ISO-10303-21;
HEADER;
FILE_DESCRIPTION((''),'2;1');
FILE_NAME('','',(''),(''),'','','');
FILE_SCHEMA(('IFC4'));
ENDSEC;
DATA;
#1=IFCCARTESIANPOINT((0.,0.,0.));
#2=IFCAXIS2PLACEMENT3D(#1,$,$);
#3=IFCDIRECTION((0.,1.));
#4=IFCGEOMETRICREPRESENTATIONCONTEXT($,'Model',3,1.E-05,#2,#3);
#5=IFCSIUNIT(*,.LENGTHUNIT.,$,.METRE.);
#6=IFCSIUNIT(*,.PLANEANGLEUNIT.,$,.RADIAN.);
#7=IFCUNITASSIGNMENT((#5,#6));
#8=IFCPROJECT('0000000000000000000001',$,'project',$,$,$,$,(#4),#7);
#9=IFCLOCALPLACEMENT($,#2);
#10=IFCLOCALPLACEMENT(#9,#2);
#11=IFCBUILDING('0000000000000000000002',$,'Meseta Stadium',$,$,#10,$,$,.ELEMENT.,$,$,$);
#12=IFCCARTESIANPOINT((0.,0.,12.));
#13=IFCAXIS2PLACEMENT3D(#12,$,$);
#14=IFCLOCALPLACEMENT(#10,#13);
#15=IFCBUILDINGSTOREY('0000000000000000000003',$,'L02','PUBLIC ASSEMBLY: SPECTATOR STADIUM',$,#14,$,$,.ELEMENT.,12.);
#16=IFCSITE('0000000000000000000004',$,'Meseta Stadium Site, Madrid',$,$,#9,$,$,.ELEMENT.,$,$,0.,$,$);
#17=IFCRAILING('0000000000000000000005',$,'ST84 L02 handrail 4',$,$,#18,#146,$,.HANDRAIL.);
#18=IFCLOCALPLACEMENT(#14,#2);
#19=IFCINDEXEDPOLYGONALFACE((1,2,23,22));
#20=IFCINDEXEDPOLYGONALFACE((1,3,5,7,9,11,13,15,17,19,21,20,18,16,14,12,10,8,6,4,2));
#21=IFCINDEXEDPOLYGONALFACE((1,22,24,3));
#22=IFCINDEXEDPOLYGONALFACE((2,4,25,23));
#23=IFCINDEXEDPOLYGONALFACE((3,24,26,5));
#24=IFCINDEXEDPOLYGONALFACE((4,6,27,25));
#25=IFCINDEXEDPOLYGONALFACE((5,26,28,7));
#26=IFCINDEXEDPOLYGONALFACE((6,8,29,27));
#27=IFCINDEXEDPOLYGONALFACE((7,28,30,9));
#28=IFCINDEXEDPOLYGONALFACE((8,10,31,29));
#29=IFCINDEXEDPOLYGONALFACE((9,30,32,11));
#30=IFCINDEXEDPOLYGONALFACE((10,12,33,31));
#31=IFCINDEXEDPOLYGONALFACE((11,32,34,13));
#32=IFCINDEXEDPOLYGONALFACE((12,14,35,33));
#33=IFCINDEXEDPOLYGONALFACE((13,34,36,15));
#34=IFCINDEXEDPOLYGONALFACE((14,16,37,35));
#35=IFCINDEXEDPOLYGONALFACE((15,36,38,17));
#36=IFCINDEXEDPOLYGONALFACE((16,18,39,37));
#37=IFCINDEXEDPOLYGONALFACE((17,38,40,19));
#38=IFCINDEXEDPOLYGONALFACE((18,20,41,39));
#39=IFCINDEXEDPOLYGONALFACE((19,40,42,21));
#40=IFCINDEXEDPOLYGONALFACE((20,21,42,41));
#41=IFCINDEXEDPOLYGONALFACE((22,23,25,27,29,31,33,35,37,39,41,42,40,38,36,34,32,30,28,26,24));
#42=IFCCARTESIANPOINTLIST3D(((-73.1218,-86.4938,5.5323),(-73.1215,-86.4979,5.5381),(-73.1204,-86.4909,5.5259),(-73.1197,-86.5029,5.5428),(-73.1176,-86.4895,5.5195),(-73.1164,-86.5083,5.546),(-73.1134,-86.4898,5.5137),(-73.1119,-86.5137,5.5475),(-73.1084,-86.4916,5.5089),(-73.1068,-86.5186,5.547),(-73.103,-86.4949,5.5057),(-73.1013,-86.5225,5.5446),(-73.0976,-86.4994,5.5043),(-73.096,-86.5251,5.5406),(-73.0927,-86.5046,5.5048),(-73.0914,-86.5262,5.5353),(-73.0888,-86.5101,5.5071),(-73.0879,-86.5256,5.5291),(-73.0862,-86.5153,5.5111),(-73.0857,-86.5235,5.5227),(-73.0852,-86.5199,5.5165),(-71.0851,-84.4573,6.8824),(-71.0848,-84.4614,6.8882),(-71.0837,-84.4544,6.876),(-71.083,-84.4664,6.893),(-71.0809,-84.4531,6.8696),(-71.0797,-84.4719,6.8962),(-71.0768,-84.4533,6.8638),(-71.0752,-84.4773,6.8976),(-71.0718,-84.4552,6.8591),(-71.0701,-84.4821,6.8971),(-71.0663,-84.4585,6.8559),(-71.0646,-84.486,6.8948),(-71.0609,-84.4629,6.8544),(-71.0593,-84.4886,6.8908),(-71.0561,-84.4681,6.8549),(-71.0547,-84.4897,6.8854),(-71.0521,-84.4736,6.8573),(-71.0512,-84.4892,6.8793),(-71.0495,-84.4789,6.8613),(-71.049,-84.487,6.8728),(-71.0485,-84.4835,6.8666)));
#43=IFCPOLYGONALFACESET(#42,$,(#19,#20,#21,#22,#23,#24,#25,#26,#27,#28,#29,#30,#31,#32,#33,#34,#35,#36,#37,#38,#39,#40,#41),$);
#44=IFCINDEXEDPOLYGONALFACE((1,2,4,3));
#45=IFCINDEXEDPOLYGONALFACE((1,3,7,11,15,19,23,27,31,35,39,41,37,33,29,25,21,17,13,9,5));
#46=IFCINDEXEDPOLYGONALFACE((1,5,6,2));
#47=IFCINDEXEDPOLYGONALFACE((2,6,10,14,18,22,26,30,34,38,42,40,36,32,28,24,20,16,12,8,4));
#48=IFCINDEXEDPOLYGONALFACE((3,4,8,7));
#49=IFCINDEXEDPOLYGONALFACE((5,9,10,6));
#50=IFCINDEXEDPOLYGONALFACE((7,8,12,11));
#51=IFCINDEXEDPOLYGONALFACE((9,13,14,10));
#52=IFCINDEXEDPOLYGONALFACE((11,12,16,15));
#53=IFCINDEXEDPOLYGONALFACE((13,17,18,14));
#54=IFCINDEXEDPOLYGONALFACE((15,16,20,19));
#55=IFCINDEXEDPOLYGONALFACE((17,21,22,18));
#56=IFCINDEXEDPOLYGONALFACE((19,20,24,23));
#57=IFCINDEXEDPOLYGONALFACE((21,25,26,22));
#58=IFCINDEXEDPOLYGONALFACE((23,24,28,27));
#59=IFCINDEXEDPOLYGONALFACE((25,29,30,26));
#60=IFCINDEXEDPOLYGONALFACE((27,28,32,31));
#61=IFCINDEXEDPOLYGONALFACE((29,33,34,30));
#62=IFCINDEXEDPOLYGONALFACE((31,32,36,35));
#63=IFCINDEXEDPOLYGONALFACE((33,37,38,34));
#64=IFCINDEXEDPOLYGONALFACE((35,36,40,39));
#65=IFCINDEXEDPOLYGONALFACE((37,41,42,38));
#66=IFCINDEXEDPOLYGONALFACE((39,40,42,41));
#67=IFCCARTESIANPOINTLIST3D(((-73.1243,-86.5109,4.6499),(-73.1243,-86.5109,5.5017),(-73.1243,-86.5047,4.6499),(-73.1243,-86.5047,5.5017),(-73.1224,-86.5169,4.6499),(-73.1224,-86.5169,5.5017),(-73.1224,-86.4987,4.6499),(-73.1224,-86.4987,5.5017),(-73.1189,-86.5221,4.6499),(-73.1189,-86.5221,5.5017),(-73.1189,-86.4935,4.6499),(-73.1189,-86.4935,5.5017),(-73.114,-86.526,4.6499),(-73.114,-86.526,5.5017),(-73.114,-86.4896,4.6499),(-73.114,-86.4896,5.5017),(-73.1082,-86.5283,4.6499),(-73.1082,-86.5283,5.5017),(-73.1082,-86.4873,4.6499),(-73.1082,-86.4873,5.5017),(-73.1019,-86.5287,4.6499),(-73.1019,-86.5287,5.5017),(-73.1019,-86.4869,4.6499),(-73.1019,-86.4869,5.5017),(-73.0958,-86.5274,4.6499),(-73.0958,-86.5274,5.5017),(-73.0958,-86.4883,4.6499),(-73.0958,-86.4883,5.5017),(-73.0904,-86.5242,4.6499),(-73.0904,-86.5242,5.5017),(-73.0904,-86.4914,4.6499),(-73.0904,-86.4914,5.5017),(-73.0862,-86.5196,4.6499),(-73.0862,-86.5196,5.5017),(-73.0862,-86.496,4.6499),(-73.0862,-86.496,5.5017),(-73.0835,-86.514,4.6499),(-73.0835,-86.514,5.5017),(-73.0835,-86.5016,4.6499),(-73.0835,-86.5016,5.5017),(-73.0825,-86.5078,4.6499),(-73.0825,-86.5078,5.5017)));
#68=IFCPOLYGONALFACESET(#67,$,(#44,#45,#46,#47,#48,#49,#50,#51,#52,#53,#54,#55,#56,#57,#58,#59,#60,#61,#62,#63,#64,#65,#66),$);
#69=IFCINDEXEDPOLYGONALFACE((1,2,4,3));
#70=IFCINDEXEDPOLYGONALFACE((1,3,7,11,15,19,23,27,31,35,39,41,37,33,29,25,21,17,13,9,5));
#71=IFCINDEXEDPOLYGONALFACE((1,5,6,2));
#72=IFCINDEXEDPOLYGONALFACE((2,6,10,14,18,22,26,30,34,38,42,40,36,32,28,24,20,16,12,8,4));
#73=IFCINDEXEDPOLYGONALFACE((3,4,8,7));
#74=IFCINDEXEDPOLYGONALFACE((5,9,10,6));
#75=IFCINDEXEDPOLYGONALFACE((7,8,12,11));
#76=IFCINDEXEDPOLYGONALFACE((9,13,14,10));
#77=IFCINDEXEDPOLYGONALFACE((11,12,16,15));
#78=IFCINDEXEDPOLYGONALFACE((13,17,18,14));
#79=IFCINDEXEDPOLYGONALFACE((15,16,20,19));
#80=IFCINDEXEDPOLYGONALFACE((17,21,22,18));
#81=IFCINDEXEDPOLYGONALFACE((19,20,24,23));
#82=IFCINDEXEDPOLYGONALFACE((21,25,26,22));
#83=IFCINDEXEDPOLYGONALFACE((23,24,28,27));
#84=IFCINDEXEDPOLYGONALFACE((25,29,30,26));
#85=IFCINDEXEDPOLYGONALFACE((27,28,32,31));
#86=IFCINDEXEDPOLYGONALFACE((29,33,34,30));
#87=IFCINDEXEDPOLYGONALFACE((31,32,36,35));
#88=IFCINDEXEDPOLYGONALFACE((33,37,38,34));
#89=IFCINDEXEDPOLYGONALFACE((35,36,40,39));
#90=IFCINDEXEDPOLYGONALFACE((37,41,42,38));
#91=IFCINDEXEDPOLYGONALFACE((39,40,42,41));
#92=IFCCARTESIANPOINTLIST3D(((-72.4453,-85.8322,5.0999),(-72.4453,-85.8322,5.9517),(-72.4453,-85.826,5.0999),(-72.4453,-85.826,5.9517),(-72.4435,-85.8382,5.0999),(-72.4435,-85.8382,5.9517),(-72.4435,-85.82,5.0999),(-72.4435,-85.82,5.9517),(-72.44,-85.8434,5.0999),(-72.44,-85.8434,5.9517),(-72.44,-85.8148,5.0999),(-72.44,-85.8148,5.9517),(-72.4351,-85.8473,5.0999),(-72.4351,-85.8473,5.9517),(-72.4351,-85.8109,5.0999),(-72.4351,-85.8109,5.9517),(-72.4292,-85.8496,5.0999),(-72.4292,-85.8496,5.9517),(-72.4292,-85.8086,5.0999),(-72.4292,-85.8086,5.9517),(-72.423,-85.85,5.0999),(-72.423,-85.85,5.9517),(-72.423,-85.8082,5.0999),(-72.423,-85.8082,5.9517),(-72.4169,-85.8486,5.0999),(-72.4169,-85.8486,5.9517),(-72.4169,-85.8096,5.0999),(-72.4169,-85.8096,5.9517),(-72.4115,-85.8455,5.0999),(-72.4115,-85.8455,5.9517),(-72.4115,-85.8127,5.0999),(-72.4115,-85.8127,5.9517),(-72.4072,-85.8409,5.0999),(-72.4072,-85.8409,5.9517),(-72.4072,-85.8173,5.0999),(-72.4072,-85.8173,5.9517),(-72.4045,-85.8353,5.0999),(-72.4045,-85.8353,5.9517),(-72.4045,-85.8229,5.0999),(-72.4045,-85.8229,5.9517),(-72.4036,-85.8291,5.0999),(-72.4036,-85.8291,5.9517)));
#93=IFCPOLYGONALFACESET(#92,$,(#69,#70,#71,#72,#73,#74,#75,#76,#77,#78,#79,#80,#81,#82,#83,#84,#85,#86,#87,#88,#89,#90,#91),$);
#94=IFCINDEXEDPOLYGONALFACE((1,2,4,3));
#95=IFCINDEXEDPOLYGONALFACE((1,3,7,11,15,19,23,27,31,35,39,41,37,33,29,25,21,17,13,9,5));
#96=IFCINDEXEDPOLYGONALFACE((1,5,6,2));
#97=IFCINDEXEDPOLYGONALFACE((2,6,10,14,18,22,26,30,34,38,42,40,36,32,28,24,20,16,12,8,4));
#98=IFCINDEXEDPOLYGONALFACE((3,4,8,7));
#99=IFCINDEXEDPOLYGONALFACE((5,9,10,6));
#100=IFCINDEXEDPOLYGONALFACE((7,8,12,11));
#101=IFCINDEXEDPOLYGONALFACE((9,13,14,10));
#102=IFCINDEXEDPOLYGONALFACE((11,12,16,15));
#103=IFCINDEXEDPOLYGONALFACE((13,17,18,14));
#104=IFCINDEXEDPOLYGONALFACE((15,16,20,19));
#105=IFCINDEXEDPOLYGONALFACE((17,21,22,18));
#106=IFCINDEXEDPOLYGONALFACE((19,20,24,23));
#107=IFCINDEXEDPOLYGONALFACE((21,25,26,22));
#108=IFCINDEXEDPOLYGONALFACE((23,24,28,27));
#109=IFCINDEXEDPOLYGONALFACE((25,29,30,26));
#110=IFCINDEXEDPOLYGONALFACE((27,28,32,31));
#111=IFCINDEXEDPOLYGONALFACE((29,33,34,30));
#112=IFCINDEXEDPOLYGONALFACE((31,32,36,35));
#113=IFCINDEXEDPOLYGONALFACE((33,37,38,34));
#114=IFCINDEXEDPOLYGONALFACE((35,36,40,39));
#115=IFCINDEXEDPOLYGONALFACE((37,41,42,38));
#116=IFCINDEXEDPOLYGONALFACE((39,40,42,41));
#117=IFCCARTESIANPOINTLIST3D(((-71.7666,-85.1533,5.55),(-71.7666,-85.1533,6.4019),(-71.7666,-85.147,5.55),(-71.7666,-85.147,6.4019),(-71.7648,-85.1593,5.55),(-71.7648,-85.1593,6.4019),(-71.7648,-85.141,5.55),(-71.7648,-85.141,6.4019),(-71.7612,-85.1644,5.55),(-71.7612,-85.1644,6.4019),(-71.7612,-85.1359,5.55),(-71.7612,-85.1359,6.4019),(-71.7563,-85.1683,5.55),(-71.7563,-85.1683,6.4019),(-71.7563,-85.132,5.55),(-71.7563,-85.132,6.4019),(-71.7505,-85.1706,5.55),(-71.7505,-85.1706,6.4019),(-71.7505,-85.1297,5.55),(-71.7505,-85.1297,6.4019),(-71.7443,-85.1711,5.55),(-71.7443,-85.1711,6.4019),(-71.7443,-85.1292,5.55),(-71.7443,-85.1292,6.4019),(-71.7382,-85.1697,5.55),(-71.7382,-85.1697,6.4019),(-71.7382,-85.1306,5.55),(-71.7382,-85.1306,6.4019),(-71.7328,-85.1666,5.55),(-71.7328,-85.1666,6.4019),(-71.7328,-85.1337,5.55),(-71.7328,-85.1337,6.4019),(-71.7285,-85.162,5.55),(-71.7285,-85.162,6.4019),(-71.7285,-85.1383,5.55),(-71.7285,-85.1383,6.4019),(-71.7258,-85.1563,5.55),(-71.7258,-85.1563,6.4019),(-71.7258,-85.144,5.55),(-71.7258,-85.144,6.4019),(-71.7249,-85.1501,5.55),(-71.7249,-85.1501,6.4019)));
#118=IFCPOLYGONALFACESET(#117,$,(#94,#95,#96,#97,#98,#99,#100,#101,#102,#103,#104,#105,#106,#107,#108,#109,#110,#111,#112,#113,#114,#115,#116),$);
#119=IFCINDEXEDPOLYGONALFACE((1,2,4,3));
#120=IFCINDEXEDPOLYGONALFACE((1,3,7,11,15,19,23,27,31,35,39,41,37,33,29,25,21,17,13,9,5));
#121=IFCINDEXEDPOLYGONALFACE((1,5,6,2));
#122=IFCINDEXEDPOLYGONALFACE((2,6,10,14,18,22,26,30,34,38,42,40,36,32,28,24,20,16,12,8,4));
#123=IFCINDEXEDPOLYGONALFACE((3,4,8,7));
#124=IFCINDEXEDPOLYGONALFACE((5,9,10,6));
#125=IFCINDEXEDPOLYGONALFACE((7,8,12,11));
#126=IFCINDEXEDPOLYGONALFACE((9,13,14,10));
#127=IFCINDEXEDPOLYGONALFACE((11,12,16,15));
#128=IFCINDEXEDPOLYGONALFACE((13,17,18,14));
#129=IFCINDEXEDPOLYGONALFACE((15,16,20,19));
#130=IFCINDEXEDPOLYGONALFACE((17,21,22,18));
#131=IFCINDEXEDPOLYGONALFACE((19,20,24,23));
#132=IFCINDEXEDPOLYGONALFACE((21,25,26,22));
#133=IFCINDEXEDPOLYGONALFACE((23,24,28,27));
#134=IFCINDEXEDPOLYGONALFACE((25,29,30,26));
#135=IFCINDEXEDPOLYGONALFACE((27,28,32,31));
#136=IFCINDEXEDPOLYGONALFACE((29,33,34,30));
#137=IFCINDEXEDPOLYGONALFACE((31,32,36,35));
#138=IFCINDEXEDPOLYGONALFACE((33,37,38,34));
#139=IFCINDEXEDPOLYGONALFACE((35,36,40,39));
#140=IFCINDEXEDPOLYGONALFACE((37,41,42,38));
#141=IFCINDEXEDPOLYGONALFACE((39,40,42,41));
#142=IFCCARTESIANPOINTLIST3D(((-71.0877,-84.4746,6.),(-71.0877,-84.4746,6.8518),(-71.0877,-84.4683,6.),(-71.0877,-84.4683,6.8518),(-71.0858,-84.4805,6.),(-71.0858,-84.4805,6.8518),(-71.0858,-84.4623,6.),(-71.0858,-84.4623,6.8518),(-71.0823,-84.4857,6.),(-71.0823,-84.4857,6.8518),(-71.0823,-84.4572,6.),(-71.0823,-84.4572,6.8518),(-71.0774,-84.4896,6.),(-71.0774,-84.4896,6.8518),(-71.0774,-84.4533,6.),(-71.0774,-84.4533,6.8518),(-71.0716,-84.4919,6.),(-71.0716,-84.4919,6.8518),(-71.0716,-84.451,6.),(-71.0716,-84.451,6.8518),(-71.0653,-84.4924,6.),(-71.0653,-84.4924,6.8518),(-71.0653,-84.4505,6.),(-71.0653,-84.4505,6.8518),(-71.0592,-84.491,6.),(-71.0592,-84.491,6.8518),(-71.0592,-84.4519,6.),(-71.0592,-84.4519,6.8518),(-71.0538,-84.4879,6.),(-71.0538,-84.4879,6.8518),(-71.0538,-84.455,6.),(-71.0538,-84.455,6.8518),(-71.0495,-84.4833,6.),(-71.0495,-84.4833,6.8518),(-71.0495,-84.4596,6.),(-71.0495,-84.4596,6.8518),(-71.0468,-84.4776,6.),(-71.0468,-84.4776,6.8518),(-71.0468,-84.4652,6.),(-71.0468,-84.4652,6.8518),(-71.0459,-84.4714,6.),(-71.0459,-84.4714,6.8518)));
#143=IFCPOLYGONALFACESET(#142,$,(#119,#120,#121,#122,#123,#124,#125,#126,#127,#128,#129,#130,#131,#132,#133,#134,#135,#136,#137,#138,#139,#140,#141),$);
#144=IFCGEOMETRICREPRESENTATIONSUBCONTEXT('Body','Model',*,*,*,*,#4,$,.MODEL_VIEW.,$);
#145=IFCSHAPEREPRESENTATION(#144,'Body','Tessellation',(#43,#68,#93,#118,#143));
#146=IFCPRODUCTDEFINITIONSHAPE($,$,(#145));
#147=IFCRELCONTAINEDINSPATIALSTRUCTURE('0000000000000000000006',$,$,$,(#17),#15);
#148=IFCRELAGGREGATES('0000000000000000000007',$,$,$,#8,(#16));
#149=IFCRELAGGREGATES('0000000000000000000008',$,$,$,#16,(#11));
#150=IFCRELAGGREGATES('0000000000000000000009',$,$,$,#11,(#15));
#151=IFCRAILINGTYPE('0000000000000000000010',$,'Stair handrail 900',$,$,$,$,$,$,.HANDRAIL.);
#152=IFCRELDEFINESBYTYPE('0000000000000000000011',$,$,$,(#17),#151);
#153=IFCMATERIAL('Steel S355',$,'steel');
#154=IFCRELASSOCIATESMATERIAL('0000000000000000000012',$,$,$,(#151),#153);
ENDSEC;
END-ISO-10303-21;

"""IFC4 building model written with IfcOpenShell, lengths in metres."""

from ifc_helpers import new_model, si_unit, direction, frame, origin, origin_2d, place, context, subcontext, project, spatial, circle, extrude, material, type_object, element, save


model = new_model("IFC4")

# Units and contexts
model_context = context("Model", 3, precision=1e-05, world=origin(), true_north=direction((0.0, 1.0)))
body_context = subcontext(model_context, "Body", "Model", "MODEL_VIEW")
ifc_project = project(units=[si_unit("LENGTHUNIT", "METRE"), si_unit("PLANEANGLEUNIT", "RADIAN")], contexts=[model_context])

# Site, building, storey
site_placement = place(None, origin())
site = spatial("IfcSite", under=ifc_project, at=site_placement, Name="Meseta Stadium Site, Madrid", CompositionType="ELEMENT", RefElevation=0.0)
building_placement = place(site_placement, origin())
building = spatial("IfcBuilding", under=site, at=building_placement, Name="Meseta Stadium", CompositionType="ELEMENT")
storey_placement = place(building_placement, frame((0.0, 0.0, 12.0)))
storey = spatial("IfcBuildingStorey", under=building, at=storey_placement, Name="L02", Description="PUBLIC ASSEMBLY: SPECTATOR STADIUM", CompositionType="ELEMENT", Elevation=12.0)

# Railing
ifc_material_1 = material(Name="Steel S355", Category="steel")
railing_type_1 = type_object("IfcRailingType", Name="Stair handrail 900", PredefinedType="HANDRAIL", material=ifc_material_1)
for number, where, name in (
    (1, (-73.1035, -86.5078, 4.6499), "ST84 L02 handrail 4"),
):
    element("IfcRailing", number, at=place(storey_placement, frame(where)), inside=storey, type_object=railing_type_1, Name=name, PredefinedType="HANDRAIL", context=body_context, shape_type="SweptSolid", body=[
        extrude(circle(Radius=0.0239, at=origin_2d()), frame((0.0, 0.0, 0.876), z_axis=(0.640288, 0.640211, 0.424454), x_axis=(-0.707064, 0.707149, 0.0)), (0.0, 0.0, 1.0), 3.1809),
        extrude(circle(Radius=0.021, at=origin_2d()), origin(), (0.0, 0.0, 1.0), 0.8518),
        extrude(circle(Radius=0.021, at=origin_2d()), frame((0.679, 0.6787, 0.45)), (0.0, 0.0, 1.0), 0.8518),
        extrude(circle(Radius=0.021, at=origin_2d()), frame((1.3577, 1.3577, 0.9001)), (0.0, 0.0, 1.0), 0.8518),
        extrude(circle(Radius=0.021, at=origin_2d()), frame((2.0366, 2.0364, 1.3501)), (0.0, 0.0, 1.0), 0.8518),
    ])

save(model, "model.ifc")
